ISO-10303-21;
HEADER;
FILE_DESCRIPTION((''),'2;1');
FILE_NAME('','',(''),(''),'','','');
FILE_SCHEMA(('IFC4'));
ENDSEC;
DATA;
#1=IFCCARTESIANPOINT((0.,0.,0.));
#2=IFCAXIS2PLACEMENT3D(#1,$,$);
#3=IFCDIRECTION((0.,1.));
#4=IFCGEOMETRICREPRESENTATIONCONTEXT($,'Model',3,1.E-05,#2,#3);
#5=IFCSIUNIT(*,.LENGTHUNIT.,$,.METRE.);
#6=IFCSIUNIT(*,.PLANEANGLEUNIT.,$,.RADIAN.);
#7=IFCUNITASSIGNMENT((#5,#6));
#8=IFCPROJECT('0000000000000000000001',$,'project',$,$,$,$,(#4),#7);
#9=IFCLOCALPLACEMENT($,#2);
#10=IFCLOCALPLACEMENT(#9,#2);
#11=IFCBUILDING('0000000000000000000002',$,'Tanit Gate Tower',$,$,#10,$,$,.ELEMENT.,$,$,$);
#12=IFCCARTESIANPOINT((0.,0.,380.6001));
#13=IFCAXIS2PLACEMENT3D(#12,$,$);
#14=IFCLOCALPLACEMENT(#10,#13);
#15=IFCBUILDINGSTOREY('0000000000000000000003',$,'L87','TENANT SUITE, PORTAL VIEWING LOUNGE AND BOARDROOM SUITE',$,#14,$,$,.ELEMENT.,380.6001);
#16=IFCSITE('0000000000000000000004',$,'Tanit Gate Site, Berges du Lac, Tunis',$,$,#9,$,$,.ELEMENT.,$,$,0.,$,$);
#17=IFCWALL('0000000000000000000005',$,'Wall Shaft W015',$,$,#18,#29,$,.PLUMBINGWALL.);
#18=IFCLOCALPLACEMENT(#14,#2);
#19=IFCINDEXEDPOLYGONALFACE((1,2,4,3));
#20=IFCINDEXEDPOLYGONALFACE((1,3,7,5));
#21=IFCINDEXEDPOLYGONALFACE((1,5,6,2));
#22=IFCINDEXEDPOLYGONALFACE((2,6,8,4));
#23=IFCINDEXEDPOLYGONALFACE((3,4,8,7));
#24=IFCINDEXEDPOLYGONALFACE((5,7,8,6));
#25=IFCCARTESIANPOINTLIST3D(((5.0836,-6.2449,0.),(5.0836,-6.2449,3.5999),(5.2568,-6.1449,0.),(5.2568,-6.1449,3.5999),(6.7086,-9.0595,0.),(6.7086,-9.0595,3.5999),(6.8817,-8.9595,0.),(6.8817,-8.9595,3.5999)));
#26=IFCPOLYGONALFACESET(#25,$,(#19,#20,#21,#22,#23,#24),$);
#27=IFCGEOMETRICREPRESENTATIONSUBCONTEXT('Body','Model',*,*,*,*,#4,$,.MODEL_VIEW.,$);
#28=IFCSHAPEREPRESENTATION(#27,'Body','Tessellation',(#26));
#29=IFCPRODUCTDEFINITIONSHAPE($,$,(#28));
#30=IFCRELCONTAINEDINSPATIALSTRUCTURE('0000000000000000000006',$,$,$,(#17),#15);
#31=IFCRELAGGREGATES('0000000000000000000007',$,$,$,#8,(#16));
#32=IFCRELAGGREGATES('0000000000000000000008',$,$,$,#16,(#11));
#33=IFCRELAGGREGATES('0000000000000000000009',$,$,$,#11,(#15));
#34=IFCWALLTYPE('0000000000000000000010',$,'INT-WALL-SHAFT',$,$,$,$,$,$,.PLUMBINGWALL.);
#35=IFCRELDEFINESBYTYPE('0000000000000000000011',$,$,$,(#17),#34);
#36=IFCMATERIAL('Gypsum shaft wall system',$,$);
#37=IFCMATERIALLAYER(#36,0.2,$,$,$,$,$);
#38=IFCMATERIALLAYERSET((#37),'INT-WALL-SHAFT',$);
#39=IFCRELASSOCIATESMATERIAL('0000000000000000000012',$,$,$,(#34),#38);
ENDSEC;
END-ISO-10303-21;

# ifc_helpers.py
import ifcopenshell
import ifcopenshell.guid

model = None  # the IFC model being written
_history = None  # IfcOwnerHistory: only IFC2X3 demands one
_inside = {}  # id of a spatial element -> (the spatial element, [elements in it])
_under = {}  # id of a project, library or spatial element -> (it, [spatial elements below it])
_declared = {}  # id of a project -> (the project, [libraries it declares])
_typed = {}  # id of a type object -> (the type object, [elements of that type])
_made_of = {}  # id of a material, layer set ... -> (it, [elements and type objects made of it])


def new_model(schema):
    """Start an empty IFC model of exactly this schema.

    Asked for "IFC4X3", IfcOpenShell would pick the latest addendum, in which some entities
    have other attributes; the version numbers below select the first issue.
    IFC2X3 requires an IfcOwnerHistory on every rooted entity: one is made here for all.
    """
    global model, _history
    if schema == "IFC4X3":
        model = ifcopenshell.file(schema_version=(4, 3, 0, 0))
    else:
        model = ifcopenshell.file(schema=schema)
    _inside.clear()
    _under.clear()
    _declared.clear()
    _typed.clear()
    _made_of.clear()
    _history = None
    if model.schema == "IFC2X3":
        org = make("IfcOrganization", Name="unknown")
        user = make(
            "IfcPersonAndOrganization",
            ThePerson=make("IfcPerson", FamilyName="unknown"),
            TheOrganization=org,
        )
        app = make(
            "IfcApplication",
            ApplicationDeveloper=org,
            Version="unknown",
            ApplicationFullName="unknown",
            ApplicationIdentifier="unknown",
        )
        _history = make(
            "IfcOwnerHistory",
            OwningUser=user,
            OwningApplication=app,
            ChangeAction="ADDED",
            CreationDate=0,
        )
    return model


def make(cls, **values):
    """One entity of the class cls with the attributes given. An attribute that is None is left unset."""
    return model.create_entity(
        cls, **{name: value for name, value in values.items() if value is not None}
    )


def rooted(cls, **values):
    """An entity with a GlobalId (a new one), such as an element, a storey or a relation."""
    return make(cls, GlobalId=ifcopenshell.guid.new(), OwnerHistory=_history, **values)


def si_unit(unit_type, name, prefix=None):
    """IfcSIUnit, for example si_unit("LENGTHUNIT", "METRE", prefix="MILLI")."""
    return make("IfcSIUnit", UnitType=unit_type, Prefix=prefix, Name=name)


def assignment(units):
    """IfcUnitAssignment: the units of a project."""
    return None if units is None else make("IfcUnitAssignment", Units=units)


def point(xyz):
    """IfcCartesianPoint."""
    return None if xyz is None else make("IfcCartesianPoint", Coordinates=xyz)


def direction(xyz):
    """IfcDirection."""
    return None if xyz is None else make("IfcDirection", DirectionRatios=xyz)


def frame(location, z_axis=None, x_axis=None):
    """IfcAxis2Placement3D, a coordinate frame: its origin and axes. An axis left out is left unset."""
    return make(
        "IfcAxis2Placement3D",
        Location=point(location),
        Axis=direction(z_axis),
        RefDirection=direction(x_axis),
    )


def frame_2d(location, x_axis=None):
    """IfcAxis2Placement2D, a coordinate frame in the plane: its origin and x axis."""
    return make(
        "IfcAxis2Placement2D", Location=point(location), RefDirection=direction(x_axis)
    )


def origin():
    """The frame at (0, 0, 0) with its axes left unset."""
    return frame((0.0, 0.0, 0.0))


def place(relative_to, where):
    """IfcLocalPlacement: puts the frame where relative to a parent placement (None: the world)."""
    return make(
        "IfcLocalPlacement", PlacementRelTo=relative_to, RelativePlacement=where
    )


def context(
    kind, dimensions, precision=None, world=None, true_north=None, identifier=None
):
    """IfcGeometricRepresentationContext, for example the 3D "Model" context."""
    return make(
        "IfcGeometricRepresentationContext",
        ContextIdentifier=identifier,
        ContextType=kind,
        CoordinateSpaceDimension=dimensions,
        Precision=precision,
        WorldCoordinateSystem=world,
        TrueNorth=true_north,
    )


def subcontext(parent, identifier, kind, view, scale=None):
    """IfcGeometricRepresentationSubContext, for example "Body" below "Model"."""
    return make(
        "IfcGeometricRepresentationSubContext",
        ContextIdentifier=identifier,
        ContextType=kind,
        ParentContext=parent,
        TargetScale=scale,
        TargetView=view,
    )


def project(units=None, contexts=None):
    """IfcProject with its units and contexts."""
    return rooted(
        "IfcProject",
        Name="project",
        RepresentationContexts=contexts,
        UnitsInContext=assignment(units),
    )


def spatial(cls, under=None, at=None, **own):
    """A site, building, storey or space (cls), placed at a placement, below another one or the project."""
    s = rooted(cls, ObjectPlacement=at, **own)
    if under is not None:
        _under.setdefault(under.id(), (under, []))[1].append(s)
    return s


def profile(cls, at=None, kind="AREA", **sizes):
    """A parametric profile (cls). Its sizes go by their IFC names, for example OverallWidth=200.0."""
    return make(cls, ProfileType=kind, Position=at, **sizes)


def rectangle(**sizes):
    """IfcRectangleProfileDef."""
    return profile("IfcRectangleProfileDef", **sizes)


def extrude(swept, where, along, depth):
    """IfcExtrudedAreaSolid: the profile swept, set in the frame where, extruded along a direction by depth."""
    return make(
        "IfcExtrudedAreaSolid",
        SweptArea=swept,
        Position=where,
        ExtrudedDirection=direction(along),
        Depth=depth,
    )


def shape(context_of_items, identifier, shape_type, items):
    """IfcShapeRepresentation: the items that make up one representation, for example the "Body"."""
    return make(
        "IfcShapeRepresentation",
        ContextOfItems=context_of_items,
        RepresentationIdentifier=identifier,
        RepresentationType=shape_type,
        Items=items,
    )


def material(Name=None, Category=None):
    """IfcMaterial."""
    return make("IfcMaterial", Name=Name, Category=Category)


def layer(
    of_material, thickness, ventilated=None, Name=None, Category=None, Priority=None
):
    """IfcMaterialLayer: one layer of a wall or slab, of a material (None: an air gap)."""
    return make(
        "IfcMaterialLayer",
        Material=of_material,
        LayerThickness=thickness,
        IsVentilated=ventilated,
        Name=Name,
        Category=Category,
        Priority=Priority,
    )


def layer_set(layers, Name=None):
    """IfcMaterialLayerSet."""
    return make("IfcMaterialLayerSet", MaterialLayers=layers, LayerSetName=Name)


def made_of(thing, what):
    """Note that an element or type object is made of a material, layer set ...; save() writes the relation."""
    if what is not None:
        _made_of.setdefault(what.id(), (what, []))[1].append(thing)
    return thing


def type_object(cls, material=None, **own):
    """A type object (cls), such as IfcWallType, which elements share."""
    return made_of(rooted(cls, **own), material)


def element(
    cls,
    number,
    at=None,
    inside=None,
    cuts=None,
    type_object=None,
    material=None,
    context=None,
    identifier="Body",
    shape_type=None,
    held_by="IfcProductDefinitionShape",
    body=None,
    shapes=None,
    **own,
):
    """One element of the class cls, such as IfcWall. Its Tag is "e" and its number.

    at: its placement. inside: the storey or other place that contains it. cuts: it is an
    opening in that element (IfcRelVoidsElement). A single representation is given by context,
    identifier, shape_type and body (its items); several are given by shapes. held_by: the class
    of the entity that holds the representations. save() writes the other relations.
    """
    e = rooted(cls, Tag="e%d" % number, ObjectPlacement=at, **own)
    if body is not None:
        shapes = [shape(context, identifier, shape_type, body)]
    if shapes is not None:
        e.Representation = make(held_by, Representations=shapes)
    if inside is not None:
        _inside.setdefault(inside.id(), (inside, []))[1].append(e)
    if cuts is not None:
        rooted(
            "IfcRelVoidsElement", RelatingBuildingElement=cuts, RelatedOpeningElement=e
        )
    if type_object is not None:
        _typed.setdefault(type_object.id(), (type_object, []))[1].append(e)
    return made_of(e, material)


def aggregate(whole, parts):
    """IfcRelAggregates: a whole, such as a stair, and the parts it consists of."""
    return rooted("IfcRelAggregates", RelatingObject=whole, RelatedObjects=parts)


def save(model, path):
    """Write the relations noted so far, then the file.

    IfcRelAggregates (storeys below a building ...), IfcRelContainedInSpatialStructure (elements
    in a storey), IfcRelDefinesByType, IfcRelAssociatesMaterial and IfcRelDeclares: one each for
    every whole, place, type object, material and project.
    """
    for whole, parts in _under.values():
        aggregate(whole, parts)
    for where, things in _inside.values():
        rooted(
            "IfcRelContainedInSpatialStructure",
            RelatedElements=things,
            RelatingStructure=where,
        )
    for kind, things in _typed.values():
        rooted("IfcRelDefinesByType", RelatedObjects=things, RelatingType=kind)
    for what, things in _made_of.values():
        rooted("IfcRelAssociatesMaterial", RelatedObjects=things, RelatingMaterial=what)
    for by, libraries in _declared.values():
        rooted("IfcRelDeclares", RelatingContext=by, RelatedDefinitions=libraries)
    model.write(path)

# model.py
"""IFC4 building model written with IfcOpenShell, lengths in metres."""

from ifc_helpers import new_model, si_unit, direction, frame, frame_2d, origin, place, context, subcontext, project, spatial, rectangle, extrude, material, layer, layer_set, type_object, element, save


model = new_model("IFC4")

# Units and contexts
model_context = context("Model", 3, precision=1e-05, world=origin(), true_north=direction((0.0, 1.0)))
body_context = subcontext(model_context, "Body", "Model", "MODEL_VIEW")
ifc_project = project(units=[si_unit("LENGTHUNIT", "METRE"), si_unit("PLANEANGLEUNIT", "RADIAN")], contexts=[model_context])

# Site, building, storey
site_placement = place(None, origin())
site = spatial("IfcSite", under=ifc_project, at=site_placement, Name="Tanit Gate Site, Berges du Lac, Tunis", CompositionType="ELEMENT", RefElevation=0.0)
building_placement = place(site_placement, origin())
building = spatial("IfcBuilding", under=site, at=building_placement, Name="Tanit Gate Tower", CompositionType="ELEMENT")
storey_placement = place(building_placement, frame((0.0, 0.0, 380.6001)))
storey = spatial("IfcBuildingStorey", under=building, at=storey_placement, Name="L87", Description="TENANT SUITE, PORTAL VIEWING LOUNGE AND BOARDROOM SUITE", CompositionType="ELEMENT", Elevation=380.6001)

# Wall
ifc_material_1 = material(Name="Gypsum shaft wall system")
ifc_layer_1 = layer(ifc_material_1, 0.2)
ifc_layer_set_1 = layer_set([ifc_layer_1], Name="INT-WALL-SHAFT")
wall_type_1 = type_object("IfcWallType", Name="INT-WALL-SHAFT", PredefinedType="PLUMBINGWALL", material=ifc_layer_set_1)
wall_1_placement = place(storey_placement, frame((6.7952, -9.0095, 0.0), z_axis=(0.0, 0.0, 1.0), x_axis=(-0.499985, 0.866034, 0.0)))
element("IfcWall", 1, at=wall_1_placement, inside=storey, type_object=wall_type_1, Name="Wall Shaft W015", PredefinedType="PLUMBINGWALL", context=body_context, shape_type="SweptSolid", body=[
    extrude(rectangle(XDim=3.25, YDim=0.2, at=frame_2d((1.625, 0.0))), origin(), (0.0, 0.0, 1.0), 3.5999),
])

save(model, "model.ifc")
